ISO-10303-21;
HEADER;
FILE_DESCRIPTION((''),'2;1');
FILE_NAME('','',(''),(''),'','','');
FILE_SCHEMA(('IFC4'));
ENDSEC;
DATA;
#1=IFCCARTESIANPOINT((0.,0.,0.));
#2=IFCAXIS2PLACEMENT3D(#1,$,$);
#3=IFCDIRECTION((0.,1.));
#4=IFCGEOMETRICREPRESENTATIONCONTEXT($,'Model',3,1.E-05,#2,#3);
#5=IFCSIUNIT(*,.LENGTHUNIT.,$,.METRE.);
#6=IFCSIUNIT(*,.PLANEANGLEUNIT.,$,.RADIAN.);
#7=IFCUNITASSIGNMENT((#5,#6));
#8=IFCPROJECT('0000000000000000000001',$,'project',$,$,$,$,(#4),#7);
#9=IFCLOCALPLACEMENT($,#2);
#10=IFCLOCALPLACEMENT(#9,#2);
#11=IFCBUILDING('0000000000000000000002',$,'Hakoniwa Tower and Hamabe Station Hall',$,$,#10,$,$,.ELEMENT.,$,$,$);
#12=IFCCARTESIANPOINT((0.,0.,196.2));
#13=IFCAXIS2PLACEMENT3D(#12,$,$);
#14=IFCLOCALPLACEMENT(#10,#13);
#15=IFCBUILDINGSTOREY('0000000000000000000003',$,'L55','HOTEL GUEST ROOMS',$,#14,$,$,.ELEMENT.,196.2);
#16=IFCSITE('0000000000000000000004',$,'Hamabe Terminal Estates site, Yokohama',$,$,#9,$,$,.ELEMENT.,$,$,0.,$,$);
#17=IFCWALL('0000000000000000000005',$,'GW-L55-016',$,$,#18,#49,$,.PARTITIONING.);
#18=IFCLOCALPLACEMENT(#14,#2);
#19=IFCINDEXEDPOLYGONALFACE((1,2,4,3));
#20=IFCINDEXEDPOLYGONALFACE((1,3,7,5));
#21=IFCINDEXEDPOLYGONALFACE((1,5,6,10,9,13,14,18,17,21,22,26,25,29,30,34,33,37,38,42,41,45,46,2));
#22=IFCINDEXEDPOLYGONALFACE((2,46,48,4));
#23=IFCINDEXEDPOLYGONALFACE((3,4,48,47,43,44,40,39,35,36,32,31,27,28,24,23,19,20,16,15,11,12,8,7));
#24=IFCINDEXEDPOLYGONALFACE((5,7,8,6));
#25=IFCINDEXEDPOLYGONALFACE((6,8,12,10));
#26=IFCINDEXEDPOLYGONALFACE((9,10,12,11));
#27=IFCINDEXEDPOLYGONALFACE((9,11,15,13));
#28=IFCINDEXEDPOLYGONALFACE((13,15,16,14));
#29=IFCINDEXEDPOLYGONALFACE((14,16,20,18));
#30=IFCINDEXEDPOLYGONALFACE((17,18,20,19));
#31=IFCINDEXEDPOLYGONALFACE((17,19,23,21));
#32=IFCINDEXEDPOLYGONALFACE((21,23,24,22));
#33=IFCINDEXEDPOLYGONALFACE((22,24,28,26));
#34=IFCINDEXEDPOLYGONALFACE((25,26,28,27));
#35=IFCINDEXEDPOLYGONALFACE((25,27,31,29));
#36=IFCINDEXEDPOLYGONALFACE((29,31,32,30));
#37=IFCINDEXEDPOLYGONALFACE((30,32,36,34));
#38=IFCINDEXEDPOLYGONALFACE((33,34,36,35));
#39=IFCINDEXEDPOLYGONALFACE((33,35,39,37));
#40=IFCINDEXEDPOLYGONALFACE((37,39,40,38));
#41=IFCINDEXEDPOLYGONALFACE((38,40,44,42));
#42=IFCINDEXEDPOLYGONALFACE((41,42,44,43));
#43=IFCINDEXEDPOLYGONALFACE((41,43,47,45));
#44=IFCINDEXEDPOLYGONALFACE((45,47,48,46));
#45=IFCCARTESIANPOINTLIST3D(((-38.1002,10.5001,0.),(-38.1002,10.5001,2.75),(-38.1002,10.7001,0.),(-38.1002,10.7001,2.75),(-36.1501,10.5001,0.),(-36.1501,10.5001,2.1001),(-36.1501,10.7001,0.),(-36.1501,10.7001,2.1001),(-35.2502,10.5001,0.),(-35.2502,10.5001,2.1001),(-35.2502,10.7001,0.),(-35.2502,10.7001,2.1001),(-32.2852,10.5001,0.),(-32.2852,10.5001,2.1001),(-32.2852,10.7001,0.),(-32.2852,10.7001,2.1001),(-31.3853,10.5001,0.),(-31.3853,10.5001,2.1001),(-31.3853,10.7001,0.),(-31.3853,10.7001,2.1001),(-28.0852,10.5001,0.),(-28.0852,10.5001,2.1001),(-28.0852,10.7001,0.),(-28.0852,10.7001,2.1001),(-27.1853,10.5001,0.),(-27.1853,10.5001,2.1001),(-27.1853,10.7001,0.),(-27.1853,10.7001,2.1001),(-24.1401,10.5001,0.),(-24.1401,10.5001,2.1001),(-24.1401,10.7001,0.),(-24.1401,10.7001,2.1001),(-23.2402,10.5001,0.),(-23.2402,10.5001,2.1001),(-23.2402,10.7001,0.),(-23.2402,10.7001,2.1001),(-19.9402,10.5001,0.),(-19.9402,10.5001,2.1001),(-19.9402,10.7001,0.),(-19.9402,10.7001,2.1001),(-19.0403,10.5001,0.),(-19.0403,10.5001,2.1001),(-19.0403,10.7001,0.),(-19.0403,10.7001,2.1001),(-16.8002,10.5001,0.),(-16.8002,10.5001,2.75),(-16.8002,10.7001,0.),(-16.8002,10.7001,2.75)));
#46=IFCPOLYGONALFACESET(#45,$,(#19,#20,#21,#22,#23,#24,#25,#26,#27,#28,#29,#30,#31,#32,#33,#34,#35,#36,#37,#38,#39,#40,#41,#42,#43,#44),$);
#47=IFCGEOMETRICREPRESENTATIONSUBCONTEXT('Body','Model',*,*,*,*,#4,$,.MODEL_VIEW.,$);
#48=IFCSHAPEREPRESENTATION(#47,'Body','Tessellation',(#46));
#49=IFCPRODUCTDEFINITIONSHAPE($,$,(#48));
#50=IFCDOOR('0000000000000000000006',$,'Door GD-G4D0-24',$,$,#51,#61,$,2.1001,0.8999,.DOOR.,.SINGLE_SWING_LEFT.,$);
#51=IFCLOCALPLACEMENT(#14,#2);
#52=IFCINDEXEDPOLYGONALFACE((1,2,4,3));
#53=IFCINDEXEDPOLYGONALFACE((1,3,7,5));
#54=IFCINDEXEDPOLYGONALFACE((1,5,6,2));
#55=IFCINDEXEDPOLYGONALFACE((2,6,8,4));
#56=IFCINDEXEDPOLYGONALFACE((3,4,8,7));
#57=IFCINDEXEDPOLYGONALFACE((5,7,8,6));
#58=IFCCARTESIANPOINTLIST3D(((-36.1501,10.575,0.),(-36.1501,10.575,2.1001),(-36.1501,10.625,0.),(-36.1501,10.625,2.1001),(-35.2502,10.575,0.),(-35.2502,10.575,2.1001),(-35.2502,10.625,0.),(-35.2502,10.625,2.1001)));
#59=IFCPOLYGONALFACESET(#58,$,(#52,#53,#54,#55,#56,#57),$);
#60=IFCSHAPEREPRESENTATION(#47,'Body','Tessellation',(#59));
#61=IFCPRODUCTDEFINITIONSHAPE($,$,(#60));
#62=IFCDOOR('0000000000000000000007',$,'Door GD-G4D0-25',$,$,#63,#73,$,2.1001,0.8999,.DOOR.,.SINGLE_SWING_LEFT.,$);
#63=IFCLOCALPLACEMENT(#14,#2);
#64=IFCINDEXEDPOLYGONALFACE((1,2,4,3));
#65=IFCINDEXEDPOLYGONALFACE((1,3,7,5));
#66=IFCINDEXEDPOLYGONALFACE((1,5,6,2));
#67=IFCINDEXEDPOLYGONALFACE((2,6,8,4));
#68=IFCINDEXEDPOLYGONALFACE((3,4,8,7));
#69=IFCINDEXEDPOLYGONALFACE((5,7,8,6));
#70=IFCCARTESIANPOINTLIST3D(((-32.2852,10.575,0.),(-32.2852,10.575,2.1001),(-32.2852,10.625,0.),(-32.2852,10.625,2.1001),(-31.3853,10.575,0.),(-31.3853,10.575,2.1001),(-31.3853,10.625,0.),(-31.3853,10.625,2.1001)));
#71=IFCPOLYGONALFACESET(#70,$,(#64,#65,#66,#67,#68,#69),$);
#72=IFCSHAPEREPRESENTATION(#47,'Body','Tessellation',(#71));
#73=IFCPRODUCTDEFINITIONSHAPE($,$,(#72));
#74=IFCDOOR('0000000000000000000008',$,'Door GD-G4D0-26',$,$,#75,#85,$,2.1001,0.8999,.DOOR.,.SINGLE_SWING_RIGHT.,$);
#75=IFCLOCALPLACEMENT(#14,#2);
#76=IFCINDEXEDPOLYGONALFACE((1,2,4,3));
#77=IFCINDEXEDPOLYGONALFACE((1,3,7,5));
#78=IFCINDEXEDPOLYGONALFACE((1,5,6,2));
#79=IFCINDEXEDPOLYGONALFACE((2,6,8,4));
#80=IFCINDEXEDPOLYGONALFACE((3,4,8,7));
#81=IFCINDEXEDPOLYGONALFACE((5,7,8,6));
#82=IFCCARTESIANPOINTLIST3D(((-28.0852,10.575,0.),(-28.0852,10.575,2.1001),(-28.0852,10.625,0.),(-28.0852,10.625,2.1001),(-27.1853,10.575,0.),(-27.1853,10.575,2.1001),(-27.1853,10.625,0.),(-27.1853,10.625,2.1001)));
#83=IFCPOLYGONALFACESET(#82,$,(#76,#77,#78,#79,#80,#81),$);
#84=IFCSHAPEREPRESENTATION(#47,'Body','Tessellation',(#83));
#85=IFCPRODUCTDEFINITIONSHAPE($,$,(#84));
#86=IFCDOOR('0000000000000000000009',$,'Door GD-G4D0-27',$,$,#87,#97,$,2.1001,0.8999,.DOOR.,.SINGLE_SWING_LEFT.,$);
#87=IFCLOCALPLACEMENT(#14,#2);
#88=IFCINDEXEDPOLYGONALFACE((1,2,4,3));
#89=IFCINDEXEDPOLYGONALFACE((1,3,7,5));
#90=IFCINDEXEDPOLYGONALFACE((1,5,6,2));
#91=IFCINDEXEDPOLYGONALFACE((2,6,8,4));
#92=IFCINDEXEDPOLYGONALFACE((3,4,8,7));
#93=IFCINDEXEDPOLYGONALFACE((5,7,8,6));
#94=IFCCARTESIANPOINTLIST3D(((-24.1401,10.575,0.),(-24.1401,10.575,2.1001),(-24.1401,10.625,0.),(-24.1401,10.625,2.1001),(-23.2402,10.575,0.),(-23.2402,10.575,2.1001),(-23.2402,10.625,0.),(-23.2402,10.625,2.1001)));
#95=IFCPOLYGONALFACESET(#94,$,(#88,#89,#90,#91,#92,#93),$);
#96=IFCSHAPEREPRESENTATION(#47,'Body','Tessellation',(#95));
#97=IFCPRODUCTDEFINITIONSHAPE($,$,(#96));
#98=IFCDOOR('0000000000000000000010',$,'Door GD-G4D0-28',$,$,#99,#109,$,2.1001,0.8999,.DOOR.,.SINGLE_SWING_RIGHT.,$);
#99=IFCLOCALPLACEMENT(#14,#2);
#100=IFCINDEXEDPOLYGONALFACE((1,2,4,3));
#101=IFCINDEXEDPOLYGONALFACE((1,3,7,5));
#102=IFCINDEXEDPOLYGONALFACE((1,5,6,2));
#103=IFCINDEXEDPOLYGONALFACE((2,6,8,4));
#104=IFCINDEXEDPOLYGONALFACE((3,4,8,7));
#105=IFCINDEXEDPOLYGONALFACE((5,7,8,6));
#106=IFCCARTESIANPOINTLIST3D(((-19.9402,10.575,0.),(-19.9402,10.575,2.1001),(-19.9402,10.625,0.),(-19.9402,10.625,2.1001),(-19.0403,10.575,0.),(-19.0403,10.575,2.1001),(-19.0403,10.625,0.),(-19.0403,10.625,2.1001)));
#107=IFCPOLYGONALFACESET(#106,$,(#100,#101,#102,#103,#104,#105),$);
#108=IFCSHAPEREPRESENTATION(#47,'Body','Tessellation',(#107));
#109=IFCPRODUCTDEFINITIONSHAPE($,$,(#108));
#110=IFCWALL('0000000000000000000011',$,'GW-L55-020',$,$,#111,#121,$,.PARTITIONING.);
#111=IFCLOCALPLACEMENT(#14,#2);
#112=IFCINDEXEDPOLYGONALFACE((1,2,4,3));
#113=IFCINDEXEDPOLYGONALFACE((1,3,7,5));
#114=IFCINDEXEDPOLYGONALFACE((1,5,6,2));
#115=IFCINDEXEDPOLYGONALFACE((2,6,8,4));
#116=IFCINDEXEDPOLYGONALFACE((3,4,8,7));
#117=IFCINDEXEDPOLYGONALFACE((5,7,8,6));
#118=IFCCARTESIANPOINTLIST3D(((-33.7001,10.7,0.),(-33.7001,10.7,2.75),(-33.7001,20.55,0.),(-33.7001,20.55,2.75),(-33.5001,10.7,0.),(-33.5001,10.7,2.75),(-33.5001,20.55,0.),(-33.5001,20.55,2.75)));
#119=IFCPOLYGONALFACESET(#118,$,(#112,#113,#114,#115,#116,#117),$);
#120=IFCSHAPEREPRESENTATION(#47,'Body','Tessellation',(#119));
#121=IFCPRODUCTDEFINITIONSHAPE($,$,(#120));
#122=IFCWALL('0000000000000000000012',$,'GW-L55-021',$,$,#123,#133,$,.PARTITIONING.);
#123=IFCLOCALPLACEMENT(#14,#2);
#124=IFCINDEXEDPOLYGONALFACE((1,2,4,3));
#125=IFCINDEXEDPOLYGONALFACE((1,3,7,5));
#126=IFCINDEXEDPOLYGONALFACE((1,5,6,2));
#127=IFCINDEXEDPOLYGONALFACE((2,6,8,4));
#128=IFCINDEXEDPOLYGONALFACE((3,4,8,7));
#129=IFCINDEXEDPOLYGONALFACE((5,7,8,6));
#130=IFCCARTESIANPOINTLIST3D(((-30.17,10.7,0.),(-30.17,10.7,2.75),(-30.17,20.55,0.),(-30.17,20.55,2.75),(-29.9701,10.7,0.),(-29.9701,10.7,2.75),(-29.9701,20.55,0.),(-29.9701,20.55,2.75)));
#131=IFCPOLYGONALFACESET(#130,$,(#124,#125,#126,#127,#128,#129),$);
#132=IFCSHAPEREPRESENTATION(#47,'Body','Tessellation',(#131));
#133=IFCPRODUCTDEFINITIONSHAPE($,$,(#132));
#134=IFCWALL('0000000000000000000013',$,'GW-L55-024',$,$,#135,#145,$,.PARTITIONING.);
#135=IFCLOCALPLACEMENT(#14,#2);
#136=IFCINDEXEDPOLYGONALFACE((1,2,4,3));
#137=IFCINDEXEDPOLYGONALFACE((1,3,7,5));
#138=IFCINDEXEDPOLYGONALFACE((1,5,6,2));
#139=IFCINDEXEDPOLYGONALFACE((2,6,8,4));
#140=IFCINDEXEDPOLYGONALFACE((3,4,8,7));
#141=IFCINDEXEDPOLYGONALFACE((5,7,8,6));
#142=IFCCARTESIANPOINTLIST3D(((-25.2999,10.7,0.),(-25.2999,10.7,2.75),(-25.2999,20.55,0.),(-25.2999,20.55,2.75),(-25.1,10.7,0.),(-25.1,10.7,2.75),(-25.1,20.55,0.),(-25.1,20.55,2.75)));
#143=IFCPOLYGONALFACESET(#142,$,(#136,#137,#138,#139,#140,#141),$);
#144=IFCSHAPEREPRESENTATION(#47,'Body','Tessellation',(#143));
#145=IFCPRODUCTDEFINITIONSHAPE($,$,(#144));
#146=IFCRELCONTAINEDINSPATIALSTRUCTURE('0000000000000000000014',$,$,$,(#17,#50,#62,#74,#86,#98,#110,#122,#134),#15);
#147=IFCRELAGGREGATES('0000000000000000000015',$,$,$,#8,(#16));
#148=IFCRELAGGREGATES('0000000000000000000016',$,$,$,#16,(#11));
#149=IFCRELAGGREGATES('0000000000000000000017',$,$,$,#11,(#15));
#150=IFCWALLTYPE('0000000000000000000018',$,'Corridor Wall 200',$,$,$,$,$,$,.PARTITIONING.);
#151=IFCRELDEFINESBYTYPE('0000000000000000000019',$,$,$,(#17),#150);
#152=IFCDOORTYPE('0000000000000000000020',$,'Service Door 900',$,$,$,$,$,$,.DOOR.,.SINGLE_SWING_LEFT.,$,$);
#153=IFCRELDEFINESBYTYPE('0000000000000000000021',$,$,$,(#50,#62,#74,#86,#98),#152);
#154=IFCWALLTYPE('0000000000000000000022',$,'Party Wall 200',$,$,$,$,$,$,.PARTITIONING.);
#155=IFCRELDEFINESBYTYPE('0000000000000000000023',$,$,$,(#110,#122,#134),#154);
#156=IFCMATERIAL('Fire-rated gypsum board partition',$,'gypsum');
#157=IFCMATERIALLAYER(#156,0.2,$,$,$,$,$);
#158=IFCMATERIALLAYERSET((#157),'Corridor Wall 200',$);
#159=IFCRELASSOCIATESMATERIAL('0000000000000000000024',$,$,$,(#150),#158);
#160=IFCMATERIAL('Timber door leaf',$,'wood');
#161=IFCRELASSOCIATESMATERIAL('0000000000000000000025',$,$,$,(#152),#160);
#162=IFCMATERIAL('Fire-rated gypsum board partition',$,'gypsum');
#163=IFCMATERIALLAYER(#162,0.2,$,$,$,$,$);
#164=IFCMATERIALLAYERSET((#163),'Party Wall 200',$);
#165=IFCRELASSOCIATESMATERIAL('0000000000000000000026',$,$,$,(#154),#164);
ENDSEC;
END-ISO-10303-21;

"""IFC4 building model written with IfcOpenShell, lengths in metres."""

from ifc_helpers import new_model, si_unit, direction, frame, frame_2d, origin, place, context, subcontext, project, spatial, rectangle, extrude, material, layer, layer_set, type_object, element, fill, save


model = new_model("IFC4")

# Units and contexts
model_context = context("Model", 3, precision=1e-05, world=origin(), true_north=direction((0.0, 1.0)))
body_context = subcontext(model_context, "Body", "Model", "MODEL_VIEW")
ifc_project = project(units=[si_unit("LENGTHUNIT", "METRE"), si_unit("PLANEANGLEUNIT", "RADIAN")], contexts=[model_context])

# Site, building, storey
site_placement = place(None, origin())
site = spatial("IfcSite", under=ifc_project, at=site_placement, Name="Hamabe Terminal Estates site, Yokohama", CompositionType="ELEMENT", RefElevation=0.0)
building_placement = place(site_placement, origin())
building = spatial("IfcBuilding", under=site, at=building_placement, Name="Hakoniwa Tower and Hamabe Station Hall", CompositionType="ELEMENT")
storey_placement = place(building_placement, frame((0.0, 0.0, 196.2)))
storey = spatial("IfcBuildingStorey", under=building, at=storey_placement, Name="L55", Description="HOTEL GUEST ROOMS", CompositionType="ELEMENT", Elevation=196.2)

# Wall, openings, doors
ifc_material_1 = material(Name="Fire-rated gypsum board partition", Category="gypsum")
ifc_layer_1 = layer(ifc_material_1, 0.2)
ifc_layer_set_1 = layer_set([ifc_layer_1], Name="Corridor Wall 200")
wall_type_1 = type_object("IfcWallType", Name="Corridor Wall 200", PredefinedType="PARTITIONING", material=ifc_layer_set_1)
wall_1_placement = place(storey_placement, frame((-38.1001, 10.6001, 0.0), z_axis=(0.0, 0.0, 1.0), x_axis=(1.0, 0.0, 0.0)))
wall_1 = element("IfcWall", 1, at=wall_1_placement, inside=storey, type_object=wall_type_1, Name="GW-L55-016", PredefinedType="PARTITIONING", context=body_context, shape_type="SweptSolid", body=[
    extrude(rectangle(XDim=21.3, YDim=0.2, at=frame_2d((10.6499, 0.0))), origin(), (0.0, 0.0, 1.0), 2.75),
])
opening_1_placement = place(wall_1_placement, frame((1.95, 0.0, 0.0)))
opening_1 = element("IfcOpeningElement", 2, at=opening_1_placement, cuts=wall_1, PredefinedType="OPENING", context=body_context, shape_type="SweptSolid", body=[
    extrude(rectangle(XDim=0.8999, YDim=2.1001, at=frame_2d((0.45, 1.05))), frame((0.0, 0.1099, 0.0), z_axis=(0.0, -1.0, 0.0), x_axis=(1.0, 0.0, 0.0)), (0.0, 0.0, 1.0), 0.22),
])
opening_2_placement = place(wall_1_placement, frame((5.8149, 0.0, 0.0)))
opening_2 = element("IfcOpeningElement", 3, at=opening_2_placement, cuts=wall_1, PredefinedType="OPENING", context=body_context, shape_type="SweptSolid", body=[
    extrude(rectangle(XDim=0.8999, YDim=2.1001, at=frame_2d((0.45, 1.05))), frame((0.0, 0.1099, 0.0), z_axis=(0.0, -1.0, 0.0), x_axis=(1.0, 0.0, 0.0)), (0.0, 0.0, 1.0), 0.22),
])
opening_3_placement = place(wall_1_placement, frame((10.0149, 0.0, 0.0)))
opening_3 = element("IfcOpeningElement", 4, at=opening_3_placement, cuts=wall_1, PredefinedType="OPENING", context=body_context, shape_type="SweptSolid", body=[
    extrude(rectangle(XDim=0.8999, YDim=2.1001, at=frame_2d((0.45, 1.05))), frame((0.0, 0.1099, 0.0), z_axis=(0.0, -1.0, 0.0), x_axis=(1.0, 0.0, 0.0)), (0.0, 0.0, 1.0), 0.22),
])
opening_4_placement = place(wall_1_placement, frame((13.96, 0.0, 0.0)))
opening_4 = element("IfcOpeningElement", 5, at=opening_4_placement, cuts=wall_1, PredefinedType="OPENING", context=body_context, shape_type="SweptSolid", body=[
    extrude(rectangle(XDim=0.8999, YDim=2.1001, at=frame_2d((0.45, 1.05))), frame((0.0, 0.1099, 0.0), z_axis=(0.0, -1.0, 0.0), x_axis=(1.0, 0.0, 0.0)), (0.0, 0.0, 1.0), 0.22),
])
opening_5_placement = place(wall_1_placement, frame((18.1599, 0.0, 0.0)))
opening_5 = element("IfcOpeningElement", 6, at=opening_5_placement, cuts=wall_1, PredefinedType="OPENING", context=body_context, shape_type="SweptSolid", body=[
    extrude(rectangle(XDim=0.8999, YDim=2.1001, at=frame_2d((0.45, 1.05))), frame((0.0, 0.1099, 0.0), z_axis=(0.0, -1.0, 0.0), x_axis=(1.0, 0.0, 0.0)), (0.0, 0.0, 1.0), 0.22),
])
ifc_material_2 = material(Name="Timber door leaf", Category="wood")
door_type_1 = type_object("IfcDoorType", Name="Service Door 900", OperationType="SINGLE_SWING_LEFT", PredefinedType="DOOR", material=ifc_material_2)
door_1_placement = place(opening_1_placement, origin())
door_1 = element("IfcDoor", 7, at=door_1_placement, inside=storey, type_object=door_type_1, Name="Door GD-G4D0-24", OperationType="SINGLE_SWING_LEFT", OverallHeight=2.1001, OverallWidth=0.8999, PredefinedType="DOOR", context=body_context, shape_type="SweptSolid", body=[
    extrude(rectangle(XDim=0.8999, YDim=2.1001, at=frame_2d((0.45, 1.05))), frame((0.0, 0.0249, 0.0), z_axis=(0.0, -1.0, 0.0), x_axis=(1.0, 0.0, 0.0)), (0.0, 0.0, 1.0), 0.05),
])
fill(opening_1, door_1)
door_2_placement = place(opening_2_placement, origin())
door_2 = element("IfcDoor", 8, at=door_2_placement, inside=storey, type_object=door_type_1, Name="Door GD-G4D0-25", OperationType="SINGLE_SWING_LEFT", OverallHeight=2.1001, OverallWidth=0.8999, PredefinedType="DOOR", context=body_context, shape_type="SweptSolid", body=[
    extrude(rectangle(XDim=0.8999, YDim=2.1001, at=frame_2d((0.45, 1.05))), frame((0.0, 0.0249, 0.0), z_axis=(0.0, -1.0, 0.0), x_axis=(1.0, 0.0, 0.0)), (0.0, 0.0, 1.0), 0.05),
])
fill(opening_2, door_2)
door_3_placement = place(opening_3_placement, origin())
door_3 = element("IfcDoor", 9, at=door_3_placement, inside=storey, type_object=door_type_1, Name="Door GD-G4D0-26", OperationType="SINGLE_SWING_RIGHT", OverallHeight=2.1001, OverallWidth=0.8999, PredefinedType="DOOR", context=body_context, shape_type="SweptSolid", body=[
    extrude(rectangle(XDim=0.8999, YDim=2.1001, at=frame_2d((0.45, 1.05))), frame((0.0, 0.0249, 0.0), z_axis=(0.0, -1.0, 0.0), x_axis=(1.0, 0.0, 0.0)), (0.0, 0.0, 1.0), 0.05),
])
fill(opening_3, door_3)
door_4_placement = place(opening_4_placement, origin())
door_4 = element("IfcDoor", 10, at=door_4_placement, inside=storey, type_object=door_type_1, Name="Door GD-G4D0-27", OperationType="SINGLE_SWING_LEFT", OverallHeight=2.1001, OverallWidth=0.8999, PredefinedType="DOOR", context=body_context, shape_type="SweptSolid", body=[
    extrude(rectangle(XDim=0.8999, YDim=2.1001, at=frame_2d((0.45, 1.05))), frame((0.0, 0.0249, 0.0), z_axis=(0.0, -1.0, 0.0), x_axis=(1.0, 0.0, 0.0)), (0.0, 0.0, 1.0), 0.05),
])
fill(opening_4, door_4)
door_5_placement = place(opening_5_placement, origin())
door_5 = element("IfcDoor", 11, at=door_5_placement, inside=storey, type_object=door_type_1, Name="Door GD-G4D0-28", OperationType="SINGLE_SWING_RIGHT", OverallHeight=2.1001, OverallWidth=0.8999, PredefinedType="DOOR", context=body_context, shape_type="SweptSolid", body=[
    extrude(rectangle(XDim=0.8999, YDim=2.1001, at=frame_2d((0.45, 1.05))), frame((0.0, 0.0249, 0.0), z_axis=(0.0, -1.0, 0.0), x_axis=(1.0, 0.0, 0.0)), (0.0, 0.0, 1.0), 0.05),
])
fill(opening_5, door_5)

# Walls
ifc_material_3 = material(Name="Fire-rated gypsum board partition", Category="gypsum")
ifc_layer_2 = layer(ifc_material_3, 0.2)
ifc_layer_set_2 = layer_set([ifc_layer_2], Name="Party Wall 200")
wall_type_2 = type_object("IfcWallType", Name="Party Wall 200", PredefinedType="PARTITIONING", material=ifc_layer_set_2)
for number, where, z_axis, x_axis, name in (
    (12, (-33.6001, 10.7, 0.0), (0.0, 0.0, 1.0), (0.0, 1.0, 0.0), "GW-L55-020"),
    (13, (-30.0701, 10.7, 0.0), (0.0, 0.0, 1.0), (0.0, 1.0, 0.0), "GW-L55-021"),
    (14, (-25.2, 10.7, 0.0), (0.0, 0.0, 1.0), (0.0, 1.0, 0.0), "GW-L55-024"),
):
    element("IfcWall", number, at=place(storey_placement, frame(where, z_axis=z_axis, x_axis=x_axis)), inside=storey, type_object=wall_type_2, Name=name, PredefinedType="PARTITIONING", context=body_context, shape_type="SweptSolid", body=[
        extrude(rectangle(XDim=9.8501, YDim=0.2, at=frame_2d((4.925, 0.0))), origin(), (0.0, 0.0, 1.0), 2.75),
    ])

save(model, "model.ifc")
